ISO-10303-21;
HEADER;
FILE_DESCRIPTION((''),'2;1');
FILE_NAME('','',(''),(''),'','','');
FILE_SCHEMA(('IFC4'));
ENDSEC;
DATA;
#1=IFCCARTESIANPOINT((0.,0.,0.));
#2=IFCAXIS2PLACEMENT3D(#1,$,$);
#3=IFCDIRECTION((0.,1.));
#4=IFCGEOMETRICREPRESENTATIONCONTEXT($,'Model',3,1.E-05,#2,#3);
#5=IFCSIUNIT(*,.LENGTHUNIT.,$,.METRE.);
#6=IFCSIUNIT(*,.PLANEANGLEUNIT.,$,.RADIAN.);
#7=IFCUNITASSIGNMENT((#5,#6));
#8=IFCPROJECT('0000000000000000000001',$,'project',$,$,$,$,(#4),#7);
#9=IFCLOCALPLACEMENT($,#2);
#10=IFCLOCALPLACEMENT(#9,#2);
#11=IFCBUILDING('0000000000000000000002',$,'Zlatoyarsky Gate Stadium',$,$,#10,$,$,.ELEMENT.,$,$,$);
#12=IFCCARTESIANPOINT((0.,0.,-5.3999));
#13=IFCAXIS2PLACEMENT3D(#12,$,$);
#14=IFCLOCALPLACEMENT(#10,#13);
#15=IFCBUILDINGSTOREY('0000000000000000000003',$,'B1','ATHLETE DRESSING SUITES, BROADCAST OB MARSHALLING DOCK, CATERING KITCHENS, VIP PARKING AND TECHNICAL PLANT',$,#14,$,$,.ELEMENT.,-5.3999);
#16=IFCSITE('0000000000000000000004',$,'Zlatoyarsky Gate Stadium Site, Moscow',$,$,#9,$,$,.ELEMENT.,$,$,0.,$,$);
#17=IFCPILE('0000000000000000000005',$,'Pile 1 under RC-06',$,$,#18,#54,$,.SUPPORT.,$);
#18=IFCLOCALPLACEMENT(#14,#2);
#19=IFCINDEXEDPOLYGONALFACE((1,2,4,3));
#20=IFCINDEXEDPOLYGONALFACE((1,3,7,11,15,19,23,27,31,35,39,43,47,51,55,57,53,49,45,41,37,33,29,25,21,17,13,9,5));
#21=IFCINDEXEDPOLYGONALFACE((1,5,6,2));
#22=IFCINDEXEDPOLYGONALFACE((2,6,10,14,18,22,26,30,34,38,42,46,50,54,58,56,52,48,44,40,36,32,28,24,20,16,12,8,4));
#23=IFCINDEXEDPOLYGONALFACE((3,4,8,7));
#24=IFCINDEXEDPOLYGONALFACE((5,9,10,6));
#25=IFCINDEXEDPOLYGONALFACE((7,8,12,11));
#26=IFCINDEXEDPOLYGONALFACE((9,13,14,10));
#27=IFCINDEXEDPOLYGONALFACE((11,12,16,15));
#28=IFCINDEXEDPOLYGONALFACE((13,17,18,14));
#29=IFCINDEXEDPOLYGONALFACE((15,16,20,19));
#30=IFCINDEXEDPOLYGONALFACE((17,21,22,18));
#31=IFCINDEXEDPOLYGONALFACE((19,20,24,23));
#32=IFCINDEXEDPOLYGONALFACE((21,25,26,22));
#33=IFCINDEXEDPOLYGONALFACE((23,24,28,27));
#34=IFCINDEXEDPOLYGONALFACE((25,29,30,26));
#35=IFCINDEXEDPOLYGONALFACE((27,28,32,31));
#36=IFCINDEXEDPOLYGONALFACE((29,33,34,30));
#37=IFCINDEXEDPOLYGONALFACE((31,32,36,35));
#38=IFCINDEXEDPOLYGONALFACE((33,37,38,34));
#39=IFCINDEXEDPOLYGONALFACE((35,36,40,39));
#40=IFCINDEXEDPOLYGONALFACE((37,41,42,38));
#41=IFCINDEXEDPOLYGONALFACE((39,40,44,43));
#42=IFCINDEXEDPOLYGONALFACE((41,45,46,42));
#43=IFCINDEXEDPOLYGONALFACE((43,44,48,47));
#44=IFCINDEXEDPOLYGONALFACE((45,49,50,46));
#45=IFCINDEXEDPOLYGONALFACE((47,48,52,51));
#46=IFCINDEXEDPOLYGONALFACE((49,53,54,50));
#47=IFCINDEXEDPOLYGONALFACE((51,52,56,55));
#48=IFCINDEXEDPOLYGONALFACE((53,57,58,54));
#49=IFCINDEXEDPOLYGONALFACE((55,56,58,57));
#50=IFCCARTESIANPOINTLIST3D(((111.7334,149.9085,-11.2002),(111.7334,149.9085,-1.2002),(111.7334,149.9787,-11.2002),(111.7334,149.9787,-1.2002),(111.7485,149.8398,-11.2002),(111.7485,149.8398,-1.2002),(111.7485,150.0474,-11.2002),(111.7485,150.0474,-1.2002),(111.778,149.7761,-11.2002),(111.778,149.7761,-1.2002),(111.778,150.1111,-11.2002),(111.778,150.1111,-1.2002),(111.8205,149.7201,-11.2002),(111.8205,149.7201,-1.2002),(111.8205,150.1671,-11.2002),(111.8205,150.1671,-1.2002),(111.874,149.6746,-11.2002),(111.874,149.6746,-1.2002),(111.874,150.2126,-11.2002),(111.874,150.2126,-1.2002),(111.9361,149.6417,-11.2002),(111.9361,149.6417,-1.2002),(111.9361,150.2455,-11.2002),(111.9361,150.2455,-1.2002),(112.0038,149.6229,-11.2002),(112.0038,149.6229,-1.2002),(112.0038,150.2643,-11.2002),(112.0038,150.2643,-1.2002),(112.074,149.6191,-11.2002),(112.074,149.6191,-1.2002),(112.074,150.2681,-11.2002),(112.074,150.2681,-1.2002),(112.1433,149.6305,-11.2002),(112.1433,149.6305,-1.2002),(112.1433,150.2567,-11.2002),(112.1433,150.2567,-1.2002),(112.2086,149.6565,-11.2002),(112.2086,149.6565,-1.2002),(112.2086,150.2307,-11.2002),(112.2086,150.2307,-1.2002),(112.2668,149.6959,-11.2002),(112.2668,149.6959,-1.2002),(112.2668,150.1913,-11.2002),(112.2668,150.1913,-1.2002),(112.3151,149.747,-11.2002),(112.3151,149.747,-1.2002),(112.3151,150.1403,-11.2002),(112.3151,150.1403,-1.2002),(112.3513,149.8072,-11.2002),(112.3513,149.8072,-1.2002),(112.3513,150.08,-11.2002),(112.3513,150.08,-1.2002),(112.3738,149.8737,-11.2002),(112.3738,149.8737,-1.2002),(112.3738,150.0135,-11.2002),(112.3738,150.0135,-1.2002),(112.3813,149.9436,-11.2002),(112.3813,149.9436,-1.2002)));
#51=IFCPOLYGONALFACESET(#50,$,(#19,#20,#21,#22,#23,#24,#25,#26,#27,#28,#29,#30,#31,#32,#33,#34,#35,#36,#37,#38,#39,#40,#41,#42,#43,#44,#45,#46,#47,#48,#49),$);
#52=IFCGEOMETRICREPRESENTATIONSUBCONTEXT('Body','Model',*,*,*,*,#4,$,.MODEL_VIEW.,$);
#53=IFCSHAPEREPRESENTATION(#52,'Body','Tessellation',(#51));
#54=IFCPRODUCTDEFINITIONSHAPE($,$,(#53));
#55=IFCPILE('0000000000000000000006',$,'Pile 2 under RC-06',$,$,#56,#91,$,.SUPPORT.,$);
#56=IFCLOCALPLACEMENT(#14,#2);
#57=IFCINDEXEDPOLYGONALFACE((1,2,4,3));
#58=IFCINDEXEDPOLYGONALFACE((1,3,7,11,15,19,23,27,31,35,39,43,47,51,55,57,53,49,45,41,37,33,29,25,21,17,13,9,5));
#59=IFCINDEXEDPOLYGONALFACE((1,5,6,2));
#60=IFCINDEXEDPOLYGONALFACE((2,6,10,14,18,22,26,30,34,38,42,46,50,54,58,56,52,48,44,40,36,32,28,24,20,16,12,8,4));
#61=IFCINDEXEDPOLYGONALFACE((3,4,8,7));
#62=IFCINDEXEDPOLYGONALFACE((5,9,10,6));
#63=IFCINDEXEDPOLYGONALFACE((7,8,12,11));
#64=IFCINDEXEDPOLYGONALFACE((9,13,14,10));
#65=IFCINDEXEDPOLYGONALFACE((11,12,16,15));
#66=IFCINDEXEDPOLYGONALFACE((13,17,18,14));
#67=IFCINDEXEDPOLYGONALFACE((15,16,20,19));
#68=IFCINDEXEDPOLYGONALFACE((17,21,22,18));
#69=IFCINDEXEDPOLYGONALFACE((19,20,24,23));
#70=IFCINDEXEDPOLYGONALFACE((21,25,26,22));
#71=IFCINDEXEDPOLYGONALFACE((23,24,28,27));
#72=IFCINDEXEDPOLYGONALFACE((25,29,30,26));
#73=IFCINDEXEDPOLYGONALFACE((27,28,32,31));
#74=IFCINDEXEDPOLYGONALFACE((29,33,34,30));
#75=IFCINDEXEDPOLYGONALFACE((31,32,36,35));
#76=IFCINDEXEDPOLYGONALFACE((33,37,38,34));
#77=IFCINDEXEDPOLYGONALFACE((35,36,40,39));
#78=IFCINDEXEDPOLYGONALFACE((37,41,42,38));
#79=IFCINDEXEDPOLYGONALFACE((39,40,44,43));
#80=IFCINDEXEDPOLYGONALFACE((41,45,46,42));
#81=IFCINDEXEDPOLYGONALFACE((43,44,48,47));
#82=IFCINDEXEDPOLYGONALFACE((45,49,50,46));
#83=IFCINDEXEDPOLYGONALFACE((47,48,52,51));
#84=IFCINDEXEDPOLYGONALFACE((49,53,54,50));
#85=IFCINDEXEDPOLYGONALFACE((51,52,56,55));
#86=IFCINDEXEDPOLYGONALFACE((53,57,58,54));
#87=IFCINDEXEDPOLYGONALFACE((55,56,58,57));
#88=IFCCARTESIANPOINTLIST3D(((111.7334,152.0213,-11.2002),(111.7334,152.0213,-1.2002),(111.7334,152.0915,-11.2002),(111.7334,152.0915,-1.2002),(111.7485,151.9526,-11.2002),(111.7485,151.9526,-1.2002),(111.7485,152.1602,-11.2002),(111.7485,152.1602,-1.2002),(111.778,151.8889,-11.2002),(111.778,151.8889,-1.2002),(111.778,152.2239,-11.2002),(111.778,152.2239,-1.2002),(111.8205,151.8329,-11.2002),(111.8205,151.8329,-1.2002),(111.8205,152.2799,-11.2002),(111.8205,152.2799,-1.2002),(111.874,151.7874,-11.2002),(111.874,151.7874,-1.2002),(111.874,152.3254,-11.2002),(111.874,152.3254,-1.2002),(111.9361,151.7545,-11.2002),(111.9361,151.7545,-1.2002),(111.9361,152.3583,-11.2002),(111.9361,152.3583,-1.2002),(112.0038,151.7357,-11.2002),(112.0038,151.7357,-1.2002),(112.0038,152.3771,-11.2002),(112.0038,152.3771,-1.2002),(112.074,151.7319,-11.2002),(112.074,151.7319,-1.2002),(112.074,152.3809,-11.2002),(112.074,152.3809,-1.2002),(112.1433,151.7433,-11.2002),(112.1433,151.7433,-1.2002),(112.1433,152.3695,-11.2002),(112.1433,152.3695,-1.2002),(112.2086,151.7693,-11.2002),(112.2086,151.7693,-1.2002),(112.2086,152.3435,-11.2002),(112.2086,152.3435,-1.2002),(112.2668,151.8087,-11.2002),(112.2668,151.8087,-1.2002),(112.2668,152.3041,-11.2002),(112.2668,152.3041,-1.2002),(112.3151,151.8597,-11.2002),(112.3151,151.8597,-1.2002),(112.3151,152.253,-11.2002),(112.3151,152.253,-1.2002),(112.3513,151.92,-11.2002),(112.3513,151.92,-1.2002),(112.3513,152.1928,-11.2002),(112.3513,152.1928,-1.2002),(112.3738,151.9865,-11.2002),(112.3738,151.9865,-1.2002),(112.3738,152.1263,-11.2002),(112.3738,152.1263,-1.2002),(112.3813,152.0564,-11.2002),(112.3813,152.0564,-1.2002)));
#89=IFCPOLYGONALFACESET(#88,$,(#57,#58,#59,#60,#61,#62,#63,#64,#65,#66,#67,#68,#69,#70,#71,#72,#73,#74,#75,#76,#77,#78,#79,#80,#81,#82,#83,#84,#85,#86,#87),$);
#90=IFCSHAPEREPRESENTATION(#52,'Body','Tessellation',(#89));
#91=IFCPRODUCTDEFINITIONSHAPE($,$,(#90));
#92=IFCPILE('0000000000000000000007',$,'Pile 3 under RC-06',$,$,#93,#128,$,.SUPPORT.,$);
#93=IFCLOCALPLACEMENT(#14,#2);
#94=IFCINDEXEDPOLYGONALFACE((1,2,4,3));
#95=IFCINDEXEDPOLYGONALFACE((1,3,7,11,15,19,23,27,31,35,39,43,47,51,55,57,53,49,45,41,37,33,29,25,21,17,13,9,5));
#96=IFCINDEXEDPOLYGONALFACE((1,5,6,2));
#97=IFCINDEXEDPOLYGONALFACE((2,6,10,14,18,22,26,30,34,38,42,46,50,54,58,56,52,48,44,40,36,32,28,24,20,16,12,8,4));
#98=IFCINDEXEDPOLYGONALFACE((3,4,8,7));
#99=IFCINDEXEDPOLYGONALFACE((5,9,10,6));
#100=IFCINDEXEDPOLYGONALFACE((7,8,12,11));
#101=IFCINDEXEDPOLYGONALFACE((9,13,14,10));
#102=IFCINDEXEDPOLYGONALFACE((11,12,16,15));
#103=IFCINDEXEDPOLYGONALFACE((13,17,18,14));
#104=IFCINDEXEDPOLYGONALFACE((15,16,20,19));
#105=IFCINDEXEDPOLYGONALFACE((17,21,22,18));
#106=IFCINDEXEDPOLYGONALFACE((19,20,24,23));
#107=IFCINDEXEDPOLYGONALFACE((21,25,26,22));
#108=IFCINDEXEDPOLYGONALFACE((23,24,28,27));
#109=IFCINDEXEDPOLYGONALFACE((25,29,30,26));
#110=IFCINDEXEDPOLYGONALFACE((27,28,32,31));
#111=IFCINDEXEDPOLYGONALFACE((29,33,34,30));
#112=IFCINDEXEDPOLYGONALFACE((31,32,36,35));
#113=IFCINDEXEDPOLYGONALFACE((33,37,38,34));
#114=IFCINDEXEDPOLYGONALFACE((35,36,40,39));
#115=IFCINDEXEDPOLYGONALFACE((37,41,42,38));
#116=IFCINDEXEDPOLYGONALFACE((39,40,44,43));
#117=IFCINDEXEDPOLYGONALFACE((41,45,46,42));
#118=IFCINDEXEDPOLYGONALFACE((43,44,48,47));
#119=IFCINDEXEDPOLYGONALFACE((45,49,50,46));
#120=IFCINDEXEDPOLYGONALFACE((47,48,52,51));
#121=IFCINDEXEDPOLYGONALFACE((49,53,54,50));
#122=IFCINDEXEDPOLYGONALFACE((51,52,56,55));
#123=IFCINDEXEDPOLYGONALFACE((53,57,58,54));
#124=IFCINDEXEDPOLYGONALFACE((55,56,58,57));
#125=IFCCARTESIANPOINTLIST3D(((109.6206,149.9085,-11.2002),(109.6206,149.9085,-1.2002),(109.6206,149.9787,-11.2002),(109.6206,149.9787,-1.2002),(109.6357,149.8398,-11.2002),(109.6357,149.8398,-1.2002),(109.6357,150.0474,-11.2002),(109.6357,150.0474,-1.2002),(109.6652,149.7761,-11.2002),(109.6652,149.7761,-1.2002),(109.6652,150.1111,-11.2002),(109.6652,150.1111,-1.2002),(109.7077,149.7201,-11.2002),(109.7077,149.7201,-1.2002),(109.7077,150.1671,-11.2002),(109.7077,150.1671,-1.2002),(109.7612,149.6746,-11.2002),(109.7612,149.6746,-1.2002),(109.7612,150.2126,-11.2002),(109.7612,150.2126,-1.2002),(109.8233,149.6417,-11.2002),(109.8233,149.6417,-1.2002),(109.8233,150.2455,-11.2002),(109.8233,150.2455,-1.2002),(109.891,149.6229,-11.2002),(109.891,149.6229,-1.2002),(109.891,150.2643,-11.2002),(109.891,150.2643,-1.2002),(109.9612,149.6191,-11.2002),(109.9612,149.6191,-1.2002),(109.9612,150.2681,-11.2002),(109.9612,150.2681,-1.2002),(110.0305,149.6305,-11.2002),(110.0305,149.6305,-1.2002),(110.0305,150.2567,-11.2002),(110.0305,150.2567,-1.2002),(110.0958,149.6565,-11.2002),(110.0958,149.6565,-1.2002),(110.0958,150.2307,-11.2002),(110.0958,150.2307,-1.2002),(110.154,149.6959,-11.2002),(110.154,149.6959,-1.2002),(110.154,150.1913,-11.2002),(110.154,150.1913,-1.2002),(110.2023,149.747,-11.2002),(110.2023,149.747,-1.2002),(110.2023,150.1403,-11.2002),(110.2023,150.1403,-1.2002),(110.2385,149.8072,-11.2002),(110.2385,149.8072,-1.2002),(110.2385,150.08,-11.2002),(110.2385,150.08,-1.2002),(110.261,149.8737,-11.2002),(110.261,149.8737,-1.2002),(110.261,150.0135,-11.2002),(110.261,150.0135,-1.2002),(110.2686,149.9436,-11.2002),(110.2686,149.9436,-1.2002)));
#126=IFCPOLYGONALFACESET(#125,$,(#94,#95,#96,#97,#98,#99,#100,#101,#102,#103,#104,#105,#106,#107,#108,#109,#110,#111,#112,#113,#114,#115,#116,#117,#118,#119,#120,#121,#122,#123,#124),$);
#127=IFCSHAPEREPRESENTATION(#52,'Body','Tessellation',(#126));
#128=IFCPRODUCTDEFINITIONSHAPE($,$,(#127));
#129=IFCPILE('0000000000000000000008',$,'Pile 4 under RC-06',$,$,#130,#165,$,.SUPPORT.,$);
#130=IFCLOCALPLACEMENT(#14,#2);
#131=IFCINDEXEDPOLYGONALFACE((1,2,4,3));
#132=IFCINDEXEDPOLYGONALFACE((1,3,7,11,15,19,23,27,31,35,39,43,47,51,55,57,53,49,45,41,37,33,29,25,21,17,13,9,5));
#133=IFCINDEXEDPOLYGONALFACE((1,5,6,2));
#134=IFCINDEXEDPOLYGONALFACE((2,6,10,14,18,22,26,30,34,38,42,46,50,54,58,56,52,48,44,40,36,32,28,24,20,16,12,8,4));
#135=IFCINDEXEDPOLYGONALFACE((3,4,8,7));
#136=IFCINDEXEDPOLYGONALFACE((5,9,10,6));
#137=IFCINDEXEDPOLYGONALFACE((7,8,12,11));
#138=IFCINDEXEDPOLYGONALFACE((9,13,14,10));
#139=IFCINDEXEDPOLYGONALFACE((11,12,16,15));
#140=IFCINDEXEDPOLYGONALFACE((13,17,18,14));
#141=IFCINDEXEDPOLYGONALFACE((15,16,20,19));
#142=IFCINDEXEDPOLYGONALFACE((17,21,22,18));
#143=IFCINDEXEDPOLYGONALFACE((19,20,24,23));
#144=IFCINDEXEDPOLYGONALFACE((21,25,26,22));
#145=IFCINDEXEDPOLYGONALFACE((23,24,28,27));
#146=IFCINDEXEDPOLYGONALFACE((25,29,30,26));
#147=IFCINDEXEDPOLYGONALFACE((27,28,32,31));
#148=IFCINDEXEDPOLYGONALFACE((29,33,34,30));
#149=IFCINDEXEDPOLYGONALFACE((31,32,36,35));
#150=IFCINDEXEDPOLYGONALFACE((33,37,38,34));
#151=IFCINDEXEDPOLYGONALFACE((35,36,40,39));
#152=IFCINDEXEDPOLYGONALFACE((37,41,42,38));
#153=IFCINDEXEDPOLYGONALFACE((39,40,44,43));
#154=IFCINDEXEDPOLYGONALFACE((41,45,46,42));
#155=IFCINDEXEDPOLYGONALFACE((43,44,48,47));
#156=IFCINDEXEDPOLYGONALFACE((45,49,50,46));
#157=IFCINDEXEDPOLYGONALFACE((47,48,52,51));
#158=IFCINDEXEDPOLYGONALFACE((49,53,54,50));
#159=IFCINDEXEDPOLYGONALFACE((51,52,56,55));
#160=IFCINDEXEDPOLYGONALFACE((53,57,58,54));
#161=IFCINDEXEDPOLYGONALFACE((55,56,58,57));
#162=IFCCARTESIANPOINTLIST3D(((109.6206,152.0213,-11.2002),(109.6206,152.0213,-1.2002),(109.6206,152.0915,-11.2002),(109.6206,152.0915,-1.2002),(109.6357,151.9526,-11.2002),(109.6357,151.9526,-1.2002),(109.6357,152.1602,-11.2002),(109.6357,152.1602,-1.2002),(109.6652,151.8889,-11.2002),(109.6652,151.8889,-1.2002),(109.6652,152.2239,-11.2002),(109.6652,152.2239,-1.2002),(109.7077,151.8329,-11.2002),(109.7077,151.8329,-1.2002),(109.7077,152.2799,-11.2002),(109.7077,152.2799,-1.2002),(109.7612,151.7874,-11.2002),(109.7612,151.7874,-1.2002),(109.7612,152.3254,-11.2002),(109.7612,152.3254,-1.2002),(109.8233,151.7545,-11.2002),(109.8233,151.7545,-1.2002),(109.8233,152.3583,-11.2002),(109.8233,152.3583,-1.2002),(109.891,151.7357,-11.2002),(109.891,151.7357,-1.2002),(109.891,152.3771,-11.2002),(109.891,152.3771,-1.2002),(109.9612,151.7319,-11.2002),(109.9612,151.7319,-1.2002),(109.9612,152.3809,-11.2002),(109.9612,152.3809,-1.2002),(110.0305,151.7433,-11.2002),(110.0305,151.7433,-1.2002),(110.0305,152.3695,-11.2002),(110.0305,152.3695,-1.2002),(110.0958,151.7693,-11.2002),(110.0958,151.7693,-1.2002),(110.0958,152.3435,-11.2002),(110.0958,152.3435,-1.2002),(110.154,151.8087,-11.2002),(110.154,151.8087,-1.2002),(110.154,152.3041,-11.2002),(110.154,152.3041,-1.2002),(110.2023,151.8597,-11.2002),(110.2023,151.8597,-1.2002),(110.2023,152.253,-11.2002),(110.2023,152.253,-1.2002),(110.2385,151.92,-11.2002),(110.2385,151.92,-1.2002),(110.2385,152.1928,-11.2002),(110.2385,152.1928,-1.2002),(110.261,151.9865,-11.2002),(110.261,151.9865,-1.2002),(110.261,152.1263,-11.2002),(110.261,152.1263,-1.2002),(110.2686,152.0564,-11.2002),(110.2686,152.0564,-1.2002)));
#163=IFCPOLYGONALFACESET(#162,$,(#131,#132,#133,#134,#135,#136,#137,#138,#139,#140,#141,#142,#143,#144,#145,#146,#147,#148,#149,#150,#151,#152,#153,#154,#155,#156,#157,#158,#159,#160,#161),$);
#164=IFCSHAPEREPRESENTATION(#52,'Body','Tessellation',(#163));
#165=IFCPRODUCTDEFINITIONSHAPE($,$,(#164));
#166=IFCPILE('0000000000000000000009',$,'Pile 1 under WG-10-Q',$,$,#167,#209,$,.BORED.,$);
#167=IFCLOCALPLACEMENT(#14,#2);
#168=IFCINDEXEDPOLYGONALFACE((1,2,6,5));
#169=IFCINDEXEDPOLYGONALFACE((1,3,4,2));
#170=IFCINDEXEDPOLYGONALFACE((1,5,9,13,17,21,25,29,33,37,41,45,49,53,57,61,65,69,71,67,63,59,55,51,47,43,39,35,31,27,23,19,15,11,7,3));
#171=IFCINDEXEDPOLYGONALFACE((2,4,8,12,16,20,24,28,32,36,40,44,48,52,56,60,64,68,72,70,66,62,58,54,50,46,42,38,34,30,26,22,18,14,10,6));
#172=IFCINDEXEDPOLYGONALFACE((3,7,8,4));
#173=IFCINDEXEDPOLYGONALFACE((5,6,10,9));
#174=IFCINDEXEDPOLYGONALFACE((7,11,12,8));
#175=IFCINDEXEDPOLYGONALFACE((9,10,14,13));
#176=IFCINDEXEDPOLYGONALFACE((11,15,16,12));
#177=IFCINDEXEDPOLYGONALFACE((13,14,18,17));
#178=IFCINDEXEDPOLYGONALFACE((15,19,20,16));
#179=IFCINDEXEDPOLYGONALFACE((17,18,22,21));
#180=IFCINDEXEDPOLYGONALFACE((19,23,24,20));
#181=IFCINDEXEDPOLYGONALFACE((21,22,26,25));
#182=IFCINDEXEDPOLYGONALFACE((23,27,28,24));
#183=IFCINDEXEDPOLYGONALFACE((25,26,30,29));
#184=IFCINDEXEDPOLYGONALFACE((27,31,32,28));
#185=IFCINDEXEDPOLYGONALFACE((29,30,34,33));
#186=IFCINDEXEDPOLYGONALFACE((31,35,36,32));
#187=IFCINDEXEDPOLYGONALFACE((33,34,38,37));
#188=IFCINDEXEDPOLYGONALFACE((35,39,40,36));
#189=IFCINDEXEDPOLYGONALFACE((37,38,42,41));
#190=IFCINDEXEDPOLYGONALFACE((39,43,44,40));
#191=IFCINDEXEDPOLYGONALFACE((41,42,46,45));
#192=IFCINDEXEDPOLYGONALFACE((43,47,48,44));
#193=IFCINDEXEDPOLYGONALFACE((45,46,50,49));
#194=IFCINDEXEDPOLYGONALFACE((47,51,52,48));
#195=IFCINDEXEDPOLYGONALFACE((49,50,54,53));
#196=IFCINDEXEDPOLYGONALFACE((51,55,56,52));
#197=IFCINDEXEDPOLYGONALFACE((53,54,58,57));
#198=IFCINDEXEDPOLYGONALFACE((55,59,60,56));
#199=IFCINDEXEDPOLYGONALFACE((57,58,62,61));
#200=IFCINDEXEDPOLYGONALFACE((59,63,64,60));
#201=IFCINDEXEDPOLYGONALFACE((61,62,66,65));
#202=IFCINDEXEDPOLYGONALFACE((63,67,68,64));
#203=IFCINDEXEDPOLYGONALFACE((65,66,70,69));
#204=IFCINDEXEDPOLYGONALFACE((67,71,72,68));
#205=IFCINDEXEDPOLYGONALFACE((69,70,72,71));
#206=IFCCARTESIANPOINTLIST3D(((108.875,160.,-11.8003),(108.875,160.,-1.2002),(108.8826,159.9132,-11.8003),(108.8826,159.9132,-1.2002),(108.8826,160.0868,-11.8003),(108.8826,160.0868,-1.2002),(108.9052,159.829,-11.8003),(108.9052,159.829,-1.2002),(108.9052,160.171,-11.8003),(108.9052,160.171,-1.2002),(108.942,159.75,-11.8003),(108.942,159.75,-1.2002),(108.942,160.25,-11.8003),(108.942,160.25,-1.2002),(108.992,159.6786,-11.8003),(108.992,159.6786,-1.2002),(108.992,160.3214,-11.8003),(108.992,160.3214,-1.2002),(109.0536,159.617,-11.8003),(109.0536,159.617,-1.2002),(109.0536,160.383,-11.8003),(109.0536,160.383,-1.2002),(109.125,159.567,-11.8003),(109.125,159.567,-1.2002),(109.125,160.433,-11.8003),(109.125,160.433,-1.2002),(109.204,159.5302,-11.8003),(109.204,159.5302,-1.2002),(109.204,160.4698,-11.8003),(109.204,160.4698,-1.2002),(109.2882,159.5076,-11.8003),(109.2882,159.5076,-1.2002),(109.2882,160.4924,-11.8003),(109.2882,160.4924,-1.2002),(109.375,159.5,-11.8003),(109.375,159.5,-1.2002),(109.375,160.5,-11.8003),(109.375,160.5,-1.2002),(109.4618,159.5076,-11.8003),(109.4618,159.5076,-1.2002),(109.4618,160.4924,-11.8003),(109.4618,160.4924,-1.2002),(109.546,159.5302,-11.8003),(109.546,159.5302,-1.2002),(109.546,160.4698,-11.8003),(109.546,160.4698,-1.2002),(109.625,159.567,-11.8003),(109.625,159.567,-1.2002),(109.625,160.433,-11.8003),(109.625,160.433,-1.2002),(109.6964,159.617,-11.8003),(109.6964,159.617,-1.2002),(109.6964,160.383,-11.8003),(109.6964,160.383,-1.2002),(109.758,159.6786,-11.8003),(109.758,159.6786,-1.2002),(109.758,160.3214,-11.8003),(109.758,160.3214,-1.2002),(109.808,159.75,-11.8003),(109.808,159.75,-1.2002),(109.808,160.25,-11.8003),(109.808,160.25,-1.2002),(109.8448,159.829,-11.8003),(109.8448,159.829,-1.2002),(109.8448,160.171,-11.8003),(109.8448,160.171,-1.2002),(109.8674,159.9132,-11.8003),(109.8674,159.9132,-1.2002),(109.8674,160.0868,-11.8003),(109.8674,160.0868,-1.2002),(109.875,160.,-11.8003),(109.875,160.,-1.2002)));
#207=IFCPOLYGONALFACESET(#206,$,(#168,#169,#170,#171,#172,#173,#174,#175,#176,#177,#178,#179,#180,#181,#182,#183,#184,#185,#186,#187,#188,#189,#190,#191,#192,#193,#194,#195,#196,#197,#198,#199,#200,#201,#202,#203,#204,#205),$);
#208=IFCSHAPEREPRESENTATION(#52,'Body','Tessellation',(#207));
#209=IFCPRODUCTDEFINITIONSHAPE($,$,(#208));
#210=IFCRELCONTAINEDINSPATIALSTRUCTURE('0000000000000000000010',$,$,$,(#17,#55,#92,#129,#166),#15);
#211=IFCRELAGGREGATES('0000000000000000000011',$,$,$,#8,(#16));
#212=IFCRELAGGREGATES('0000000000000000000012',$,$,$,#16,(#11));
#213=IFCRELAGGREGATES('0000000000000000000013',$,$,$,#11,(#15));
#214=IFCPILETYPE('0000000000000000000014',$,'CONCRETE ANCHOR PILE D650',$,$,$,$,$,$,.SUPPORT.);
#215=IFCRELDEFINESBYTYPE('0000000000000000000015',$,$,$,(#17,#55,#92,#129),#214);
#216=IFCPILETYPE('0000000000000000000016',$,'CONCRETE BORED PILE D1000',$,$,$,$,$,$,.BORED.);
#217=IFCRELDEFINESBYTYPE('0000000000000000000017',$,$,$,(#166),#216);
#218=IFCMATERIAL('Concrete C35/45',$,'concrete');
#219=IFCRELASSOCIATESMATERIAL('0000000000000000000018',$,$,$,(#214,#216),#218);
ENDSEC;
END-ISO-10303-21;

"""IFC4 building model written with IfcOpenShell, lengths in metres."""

from ifc_helpers import new_model, si_unit, direction, frame, origin, origin_2d, place, context, subcontext, project, spatial, circle, extrude, material, material_profile, profile_set, type_object, element, save


model = new_model("IFC4")

# Units and contexts
model_context = context("Model", 3, precision=1e-05, world=origin(), true_north=direction((0.0, 1.0)))
body_context = subcontext(model_context, "Body", "Model", "MODEL_VIEW")
ifc_project = project(units=[si_unit("LENGTHUNIT", "METRE"), si_unit("PLANEANGLEUNIT", "RADIAN")], contexts=[model_context])

# Site, building, storey
site_placement = place(None, origin())
site = spatial("IfcSite", under=ifc_project, at=site_placement, Name="Zlatoyarsky Gate Stadium Site, Moscow", CompositionType="ELEMENT", RefElevation=0.0)
building_placement = place(site_placement, origin())
building = spatial("IfcBuilding", under=site, at=building_placement, Name="Zlatoyarsky Gate Stadium", CompositionType="ELEMENT")
storey_placement = place(building_placement, frame((0.0, 0.0, -5.3999)))
storey = spatial("IfcBuildingStorey", under=building, at=storey_placement, Name="B1", Description="ATHLETE DRESSING SUITES, BROADCAST OB MARSHALLING DOCK, CATERING KITCHENS, VIP PARKING AND TECHNICAL PLANT", CompositionType="ELEMENT", Elevation=-5.3999)

# Piles
ifc_material_1 = material(Name="Concrete C35/45", Category="concrete")
ifc_material_profile_1 = material_profile(ifc_material_1, circle(Radius=0.325, at=origin_2d()), Name="ANCHOR PILE D650")
ifc_profile_set_1 = profile_set([ifc_material_profile_1], Name="Concrete C35/45")
pile_type_1 = type_object("IfcPileType", Name="CONCRETE ANCHOR PILE D650", PredefinedType="SUPPORT", material=ifc_profile_set_1)
for number, where, z_axis, x_axis, name in (
    (1, (112.0564, 149.9436, -1.2002), (0.0, 0.0, -1.0), (1.0, 0.0, 0.0), "Pile 1 under RC-06"),
    (2, (112.0564, 152.0564, -1.2002), (0.0, 0.0, -1.0), (1.0, 0.0, 0.0), "Pile 2 under RC-06"),
    (3, (109.9436, 149.9436, -1.2002), (0.0, 0.0, -1.0), (1.0, 0.0, 0.0), "Pile 3 under RC-06"),
    (4, (109.9436, 152.0564, -1.2002), (0.0, 0.0, -1.0), (1.0, 0.0, 0.0), "Pile 4 under RC-06"),
):
    element("IfcPile", number, at=place(storey_placement, frame(where, z_axis=z_axis, x_axis=x_axis)), inside=storey, type_object=pile_type_1, Name=name, PredefinedType="SUPPORT", context=body_context, shape_type="SweptSolid", body=[
        extrude(circle(Radius=0.325, at=origin_2d()), origin(), (0.0, 0.0, 1.0), 10.0),
    ])
ifc_material_profile_2 = material_profile(ifc_material_1, circle(Radius=0.5, at=origin_2d()), Name="BORED PILE D1000")
ifc_profile_set_2 = profile_set([ifc_material_profile_2], Name="Concrete C35/45")
pile_type_2 = type_object("IfcPileType", Name="CONCRETE BORED PILE D1000", PredefinedType="BORED", material=ifc_profile_set_2)
for number, where, z_axis, x_axis, name in (
    (5, (109.375, 160.0, -1.2002), (0.0, 0.0, -1.0), (1.0, 0.0, 0.0), "Pile 1 under WG-10-Q"),
):
    element("IfcPile", number, at=place(storey_placement, frame(where, z_axis=z_axis, x_axis=x_axis)), inside=storey, type_object=pile_type_2, Name=name, PredefinedType="BORED", context=body_context, shape_type="SweptSolid", body=[
        extrude(circle(Radius=0.5, at=origin_2d()), origin(), (0.0, 0.0, 1.0), 10.6001),
    ])

save(model, "model.ifc")
